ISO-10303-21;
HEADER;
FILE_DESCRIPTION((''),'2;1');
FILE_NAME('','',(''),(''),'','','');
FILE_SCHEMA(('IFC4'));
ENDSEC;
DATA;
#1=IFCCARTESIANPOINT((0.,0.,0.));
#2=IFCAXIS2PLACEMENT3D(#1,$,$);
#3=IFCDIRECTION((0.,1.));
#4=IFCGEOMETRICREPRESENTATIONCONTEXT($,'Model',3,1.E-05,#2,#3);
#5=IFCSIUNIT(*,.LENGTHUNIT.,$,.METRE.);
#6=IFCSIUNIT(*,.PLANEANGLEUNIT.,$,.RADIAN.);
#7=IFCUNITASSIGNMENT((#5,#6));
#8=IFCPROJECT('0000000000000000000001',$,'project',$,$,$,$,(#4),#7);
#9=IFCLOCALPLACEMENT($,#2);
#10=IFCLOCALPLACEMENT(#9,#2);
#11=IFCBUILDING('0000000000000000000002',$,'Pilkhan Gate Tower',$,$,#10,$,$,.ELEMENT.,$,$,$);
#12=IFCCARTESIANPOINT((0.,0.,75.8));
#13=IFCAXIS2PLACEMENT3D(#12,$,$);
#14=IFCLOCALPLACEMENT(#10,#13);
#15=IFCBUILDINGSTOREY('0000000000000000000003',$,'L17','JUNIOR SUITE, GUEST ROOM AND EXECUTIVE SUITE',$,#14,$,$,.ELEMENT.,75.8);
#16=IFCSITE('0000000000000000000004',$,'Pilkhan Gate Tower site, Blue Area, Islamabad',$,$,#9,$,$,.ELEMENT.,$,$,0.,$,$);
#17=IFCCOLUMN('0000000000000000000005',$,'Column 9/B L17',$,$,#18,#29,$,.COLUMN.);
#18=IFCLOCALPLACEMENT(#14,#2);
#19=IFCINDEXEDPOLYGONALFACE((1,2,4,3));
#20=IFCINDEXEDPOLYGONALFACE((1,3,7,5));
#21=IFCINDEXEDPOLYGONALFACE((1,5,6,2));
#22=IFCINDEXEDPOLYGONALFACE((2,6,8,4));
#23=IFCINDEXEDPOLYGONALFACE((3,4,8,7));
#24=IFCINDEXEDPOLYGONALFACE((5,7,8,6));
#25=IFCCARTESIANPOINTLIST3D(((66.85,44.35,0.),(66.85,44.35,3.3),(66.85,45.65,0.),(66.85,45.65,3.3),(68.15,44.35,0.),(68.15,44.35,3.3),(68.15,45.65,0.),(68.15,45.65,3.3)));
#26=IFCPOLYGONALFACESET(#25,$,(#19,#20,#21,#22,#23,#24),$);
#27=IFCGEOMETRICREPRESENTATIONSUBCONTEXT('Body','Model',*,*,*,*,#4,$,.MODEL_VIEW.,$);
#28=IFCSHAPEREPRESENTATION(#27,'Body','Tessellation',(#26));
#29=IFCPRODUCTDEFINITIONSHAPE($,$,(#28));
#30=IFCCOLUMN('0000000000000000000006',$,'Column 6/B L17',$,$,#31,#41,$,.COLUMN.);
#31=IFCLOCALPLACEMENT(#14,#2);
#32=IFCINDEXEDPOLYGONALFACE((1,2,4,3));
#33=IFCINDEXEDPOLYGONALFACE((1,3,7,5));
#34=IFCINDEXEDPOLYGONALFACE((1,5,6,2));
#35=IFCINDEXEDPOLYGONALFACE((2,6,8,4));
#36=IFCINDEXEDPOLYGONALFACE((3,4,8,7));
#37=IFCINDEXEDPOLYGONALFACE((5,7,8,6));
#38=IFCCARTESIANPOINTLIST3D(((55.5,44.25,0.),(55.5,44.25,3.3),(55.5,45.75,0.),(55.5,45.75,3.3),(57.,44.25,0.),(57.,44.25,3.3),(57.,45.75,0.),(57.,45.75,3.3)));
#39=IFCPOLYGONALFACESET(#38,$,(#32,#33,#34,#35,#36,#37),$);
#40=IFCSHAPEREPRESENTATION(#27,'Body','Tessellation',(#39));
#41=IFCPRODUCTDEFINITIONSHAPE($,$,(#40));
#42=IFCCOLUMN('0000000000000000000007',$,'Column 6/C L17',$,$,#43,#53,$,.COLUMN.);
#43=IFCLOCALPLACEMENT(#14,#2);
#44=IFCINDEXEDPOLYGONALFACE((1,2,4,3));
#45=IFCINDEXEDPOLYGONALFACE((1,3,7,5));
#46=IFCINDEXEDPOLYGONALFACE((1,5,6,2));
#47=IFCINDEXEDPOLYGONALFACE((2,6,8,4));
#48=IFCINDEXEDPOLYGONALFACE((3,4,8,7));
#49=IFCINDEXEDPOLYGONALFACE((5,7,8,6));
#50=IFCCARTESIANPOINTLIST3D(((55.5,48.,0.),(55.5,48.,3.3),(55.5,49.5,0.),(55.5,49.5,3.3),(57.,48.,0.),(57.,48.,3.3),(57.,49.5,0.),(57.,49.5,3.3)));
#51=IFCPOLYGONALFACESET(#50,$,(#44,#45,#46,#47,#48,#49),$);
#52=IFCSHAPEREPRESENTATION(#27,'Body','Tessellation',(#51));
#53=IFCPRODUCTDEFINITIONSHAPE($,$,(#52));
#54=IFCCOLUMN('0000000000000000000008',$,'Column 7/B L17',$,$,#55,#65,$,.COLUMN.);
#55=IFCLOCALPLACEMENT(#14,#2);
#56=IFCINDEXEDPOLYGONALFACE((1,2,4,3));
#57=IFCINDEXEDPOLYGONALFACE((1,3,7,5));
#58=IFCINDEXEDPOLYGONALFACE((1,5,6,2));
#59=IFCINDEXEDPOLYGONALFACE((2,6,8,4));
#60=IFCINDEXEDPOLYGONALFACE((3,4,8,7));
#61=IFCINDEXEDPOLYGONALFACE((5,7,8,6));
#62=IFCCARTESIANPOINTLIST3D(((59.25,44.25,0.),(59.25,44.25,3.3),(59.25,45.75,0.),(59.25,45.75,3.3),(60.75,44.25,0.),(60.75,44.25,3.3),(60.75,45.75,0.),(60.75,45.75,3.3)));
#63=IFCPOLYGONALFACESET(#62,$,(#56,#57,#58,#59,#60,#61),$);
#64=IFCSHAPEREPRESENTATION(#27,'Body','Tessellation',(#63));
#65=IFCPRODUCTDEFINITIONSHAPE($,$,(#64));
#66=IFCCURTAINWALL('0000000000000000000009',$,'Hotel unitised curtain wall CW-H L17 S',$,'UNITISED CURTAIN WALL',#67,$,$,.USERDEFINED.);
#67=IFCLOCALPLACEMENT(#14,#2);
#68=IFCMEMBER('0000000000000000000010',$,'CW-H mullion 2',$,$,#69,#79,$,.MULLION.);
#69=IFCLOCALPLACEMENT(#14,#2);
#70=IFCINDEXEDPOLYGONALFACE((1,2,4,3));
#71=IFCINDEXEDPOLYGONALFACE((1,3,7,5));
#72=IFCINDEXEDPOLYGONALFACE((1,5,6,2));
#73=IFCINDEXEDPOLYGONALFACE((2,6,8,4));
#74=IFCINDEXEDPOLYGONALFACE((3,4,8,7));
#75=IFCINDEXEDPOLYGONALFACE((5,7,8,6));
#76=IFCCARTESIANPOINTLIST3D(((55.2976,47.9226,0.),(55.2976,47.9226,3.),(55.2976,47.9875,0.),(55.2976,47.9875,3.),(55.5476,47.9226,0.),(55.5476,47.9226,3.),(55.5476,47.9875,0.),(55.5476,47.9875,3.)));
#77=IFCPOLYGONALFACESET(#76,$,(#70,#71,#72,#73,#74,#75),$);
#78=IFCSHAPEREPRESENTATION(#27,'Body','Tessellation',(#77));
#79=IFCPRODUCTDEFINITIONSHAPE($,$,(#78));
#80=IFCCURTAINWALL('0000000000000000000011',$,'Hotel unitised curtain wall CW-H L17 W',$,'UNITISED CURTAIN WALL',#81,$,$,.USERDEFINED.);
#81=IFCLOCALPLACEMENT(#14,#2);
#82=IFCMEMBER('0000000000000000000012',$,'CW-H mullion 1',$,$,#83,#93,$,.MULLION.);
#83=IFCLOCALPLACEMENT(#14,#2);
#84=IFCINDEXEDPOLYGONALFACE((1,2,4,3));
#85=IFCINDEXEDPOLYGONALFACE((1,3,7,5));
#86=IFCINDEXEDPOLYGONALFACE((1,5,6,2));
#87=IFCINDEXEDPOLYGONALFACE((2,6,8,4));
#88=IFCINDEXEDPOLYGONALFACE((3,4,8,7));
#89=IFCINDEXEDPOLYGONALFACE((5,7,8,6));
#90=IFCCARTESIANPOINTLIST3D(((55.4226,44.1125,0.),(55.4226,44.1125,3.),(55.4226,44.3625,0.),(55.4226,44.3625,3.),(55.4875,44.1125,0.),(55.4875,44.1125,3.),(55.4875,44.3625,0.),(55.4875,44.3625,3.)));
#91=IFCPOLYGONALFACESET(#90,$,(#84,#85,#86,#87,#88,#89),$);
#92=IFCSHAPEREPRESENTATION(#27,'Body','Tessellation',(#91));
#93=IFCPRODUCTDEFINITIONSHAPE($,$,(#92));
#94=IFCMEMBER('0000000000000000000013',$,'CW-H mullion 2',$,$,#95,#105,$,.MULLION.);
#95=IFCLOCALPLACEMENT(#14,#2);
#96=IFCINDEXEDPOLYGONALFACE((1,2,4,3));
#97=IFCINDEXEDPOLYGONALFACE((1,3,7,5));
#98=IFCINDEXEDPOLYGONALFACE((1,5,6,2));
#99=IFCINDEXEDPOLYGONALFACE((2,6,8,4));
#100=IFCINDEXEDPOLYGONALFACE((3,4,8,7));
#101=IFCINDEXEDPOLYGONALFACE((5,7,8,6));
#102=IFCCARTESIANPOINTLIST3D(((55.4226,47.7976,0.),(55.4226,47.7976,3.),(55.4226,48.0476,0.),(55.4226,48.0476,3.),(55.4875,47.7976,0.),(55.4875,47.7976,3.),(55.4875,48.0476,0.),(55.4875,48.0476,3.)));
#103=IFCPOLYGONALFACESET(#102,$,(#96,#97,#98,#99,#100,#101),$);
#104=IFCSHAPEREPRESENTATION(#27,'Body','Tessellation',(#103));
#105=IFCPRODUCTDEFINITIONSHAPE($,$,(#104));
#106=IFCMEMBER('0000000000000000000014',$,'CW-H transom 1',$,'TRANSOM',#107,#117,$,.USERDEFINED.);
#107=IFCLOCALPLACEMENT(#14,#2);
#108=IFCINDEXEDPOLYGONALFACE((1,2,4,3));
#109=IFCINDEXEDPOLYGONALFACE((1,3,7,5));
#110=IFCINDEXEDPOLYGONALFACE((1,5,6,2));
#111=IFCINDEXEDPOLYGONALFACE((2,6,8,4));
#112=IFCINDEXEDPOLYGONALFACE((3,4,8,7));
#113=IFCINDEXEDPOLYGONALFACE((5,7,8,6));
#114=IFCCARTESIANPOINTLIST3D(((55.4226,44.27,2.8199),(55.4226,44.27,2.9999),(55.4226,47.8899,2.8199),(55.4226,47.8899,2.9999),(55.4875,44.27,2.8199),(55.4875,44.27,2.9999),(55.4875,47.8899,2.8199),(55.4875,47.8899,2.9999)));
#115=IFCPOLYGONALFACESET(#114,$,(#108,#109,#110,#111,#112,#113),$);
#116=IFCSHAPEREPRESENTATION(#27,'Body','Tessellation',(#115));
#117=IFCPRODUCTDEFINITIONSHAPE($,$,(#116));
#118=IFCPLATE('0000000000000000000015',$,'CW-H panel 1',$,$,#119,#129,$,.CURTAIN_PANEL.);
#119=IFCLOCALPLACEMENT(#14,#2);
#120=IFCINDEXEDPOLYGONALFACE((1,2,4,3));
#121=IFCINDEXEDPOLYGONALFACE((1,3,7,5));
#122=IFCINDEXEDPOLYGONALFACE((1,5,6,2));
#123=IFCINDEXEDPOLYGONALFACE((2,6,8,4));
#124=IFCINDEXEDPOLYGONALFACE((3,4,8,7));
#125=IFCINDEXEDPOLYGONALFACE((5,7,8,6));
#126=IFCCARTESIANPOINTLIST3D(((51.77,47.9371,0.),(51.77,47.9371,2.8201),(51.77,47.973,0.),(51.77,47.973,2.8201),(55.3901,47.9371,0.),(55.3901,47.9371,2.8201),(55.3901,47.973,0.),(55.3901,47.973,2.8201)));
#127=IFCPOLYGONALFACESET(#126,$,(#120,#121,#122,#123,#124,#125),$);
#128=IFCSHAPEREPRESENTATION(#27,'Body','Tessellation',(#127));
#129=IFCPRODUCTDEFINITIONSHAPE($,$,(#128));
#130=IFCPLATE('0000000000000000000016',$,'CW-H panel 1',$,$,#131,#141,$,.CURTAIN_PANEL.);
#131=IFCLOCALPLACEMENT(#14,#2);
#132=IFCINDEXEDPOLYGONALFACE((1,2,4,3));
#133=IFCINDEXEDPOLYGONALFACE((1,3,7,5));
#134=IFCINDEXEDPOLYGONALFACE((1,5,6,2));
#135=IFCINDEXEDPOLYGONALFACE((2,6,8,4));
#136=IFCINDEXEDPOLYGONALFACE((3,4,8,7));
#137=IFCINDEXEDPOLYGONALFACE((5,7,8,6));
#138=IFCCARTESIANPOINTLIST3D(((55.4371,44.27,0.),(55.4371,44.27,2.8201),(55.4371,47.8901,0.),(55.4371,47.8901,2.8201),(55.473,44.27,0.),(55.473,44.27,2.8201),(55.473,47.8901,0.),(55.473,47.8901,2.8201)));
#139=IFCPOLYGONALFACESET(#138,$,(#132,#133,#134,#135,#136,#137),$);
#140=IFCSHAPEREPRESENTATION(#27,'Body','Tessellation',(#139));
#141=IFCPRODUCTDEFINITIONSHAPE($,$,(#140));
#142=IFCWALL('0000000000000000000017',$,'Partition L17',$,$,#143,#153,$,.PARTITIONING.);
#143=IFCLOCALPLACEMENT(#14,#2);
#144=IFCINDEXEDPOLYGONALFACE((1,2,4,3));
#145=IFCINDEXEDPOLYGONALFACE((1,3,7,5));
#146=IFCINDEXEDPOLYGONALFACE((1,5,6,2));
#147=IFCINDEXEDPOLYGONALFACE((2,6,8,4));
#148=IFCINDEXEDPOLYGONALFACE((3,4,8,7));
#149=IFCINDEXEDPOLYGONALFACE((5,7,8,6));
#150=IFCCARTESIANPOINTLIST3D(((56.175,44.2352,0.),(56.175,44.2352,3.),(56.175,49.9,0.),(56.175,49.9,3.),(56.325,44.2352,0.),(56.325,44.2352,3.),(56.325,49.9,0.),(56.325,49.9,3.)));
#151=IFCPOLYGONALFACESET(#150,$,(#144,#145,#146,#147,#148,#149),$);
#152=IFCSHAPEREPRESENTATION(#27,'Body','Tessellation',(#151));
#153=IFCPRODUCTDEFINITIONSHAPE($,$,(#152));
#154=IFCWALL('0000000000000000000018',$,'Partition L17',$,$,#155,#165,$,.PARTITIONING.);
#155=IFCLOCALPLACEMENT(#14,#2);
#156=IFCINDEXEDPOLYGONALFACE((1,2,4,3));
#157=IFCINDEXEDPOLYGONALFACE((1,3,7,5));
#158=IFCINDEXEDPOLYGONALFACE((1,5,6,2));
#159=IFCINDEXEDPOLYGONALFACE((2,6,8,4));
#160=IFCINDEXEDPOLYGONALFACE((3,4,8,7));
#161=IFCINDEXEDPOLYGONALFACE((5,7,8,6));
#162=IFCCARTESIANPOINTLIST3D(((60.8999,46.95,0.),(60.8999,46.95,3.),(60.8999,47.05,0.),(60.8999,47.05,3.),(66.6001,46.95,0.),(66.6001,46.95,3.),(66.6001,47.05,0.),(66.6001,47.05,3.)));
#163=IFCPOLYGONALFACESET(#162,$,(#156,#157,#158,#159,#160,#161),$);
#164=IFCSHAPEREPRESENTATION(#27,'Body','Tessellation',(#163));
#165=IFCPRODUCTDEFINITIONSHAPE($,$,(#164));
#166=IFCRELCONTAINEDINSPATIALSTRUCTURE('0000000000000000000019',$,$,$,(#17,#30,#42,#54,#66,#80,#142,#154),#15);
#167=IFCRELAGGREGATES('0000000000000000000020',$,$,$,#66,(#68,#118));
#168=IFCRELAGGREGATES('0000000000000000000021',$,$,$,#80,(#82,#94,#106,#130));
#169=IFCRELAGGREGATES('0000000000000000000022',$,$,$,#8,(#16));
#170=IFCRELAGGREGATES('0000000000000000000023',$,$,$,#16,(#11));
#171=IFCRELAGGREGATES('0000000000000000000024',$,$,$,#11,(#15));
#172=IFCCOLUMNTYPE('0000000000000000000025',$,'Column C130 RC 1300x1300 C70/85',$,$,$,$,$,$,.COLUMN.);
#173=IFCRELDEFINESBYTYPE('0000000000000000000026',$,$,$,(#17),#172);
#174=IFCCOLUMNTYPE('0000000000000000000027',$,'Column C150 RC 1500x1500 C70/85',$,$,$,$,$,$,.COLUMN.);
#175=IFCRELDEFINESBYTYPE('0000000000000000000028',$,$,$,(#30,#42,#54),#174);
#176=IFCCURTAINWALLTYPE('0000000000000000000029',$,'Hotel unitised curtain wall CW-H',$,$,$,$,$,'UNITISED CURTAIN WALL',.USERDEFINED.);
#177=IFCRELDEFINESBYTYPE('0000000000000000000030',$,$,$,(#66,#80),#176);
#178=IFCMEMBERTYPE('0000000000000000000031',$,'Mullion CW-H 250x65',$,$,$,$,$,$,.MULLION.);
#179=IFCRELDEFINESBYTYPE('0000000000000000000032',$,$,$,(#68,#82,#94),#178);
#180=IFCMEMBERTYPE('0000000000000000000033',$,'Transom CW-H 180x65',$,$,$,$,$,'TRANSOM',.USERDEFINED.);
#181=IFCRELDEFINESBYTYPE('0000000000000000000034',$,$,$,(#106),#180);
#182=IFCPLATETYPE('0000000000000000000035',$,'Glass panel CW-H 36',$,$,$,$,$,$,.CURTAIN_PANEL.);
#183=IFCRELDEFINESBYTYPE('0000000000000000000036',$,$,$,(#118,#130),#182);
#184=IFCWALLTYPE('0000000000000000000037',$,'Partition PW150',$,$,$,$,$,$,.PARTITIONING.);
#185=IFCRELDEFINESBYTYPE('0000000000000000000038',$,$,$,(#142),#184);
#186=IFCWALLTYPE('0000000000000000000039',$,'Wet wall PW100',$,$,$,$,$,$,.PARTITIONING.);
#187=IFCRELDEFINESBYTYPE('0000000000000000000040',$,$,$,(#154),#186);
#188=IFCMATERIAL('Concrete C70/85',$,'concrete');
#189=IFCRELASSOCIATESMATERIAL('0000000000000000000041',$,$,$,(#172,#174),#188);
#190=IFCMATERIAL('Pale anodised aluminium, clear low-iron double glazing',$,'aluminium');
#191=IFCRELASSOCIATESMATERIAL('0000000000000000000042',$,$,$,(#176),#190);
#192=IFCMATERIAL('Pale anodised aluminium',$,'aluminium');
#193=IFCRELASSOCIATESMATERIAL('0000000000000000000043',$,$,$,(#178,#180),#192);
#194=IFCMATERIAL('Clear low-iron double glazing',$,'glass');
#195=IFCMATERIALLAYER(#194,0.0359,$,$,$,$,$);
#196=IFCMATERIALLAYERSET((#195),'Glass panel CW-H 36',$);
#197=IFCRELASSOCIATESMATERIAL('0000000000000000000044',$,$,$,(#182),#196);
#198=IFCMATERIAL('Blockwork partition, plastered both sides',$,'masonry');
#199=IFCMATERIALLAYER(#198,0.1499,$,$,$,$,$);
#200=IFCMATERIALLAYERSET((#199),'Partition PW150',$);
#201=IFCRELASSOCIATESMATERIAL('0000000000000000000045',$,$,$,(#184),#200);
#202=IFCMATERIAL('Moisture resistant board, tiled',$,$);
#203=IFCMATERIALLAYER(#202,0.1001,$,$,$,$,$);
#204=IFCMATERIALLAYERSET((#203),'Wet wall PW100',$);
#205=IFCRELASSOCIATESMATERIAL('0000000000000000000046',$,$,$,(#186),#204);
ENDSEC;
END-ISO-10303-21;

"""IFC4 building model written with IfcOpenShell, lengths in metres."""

from ifc_helpers import new_model, si_unit, direction, frame, frame_2d, origin, origin_2d, place, context, subcontext, project, spatial, rectangle, extrude, material, layer, layer_set, material_profile, profile_set, type_object, element, aggregate, save


model = new_model("IFC4")

# Units and contexts
model_context = context("Model", 3, precision=1e-05, world=origin(), true_north=direction((0.0, 1.0)))
body_context = subcontext(model_context, "Body", "Model", "MODEL_VIEW")
ifc_project = project(units=[si_unit("LENGTHUNIT", "METRE"), si_unit("PLANEANGLEUNIT", "RADIAN")], contexts=[model_context])

# Site, building, storey
site_placement = place(None, origin())
site = spatial("IfcSite", under=ifc_project, at=site_placement, Name="Pilkhan Gate Tower site, Blue Area, Islamabad", CompositionType="ELEMENT", RefElevation=0.0)
building_placement = place(site_placement, origin())
building = spatial("IfcBuilding", under=site, at=building_placement, Name="Pilkhan Gate Tower", CompositionType="ELEMENT")
storey_placement = place(building_placement, frame((0.0, 0.0, 75.8)))
storey = spatial("IfcBuildingStorey", under=building, at=storey_placement, Name="L17", Description="JUNIOR SUITE, GUEST ROOM AND EXECUTIVE SUITE", CompositionType="ELEMENT", Elevation=75.8)

# Columns
ifc_material_1 = material(Name="Concrete C70/85", Category="concrete")
ifc_material_profile_1 = material_profile(ifc_material_1, rectangle(XDim=1.3, YDim=1.3, at=origin_2d()), Name="RC 1300x1300")
ifc_profile_set_1 = profile_set([ifc_material_profile_1], Name="Concrete C70/85")
column_type_1 = type_object("IfcColumnType", Name="Column C130 RC 1300x1300 C70/85", PredefinedType="COLUMN", material=ifc_profile_set_1)
column_placement = place(storey_placement, frame((67.5, 45.0, 0.0), z_axis=(0.0, 0.0, 1.0), x_axis=(1.0, 0.0, 0.0)))
element("IfcColumn", 1, at=column_placement, inside=storey, type_object=column_type_1, Name="Column 9/B L17", PredefinedType="COLUMN", context=body_context, shape_type="SweptSolid", body=[
    extrude(rectangle(XDim=1.3, YDim=1.3, at=origin_2d()), origin(), (0.0, 0.0, 1.0), 3.3),
])
ifc_material_profile_2 = material_profile(ifc_material_1, rectangle(XDim=1.5, YDim=1.5, at=origin_2d()), Name="RC 1500x1500")
ifc_profile_set_2 = profile_set([ifc_material_profile_2], Name="Concrete C70/85")
column_type_2 = type_object("IfcColumnType", Name="Column C150 RC 1500x1500 C70/85", PredefinedType="COLUMN", material=ifc_profile_set_2)
for number, where, z_axis, x_axis, name in (
    (2, (56.25, 45.0, 0.0), (0.0, 0.0, 1.0), (1.0, 0.0, 0.0), "Column 6/B L17"),
    (3, (56.25, 48.75, 0.0), (0.0, 0.0, 1.0), (1.0, 0.0, 0.0), "Column 6/C L17"),
    (4, (60.0, 45.0, 0.0), (0.0, 0.0, 1.0), (1.0, 0.0, 0.0), "Column 7/B L17"),
):
    element("IfcColumn", number, at=place(storey_placement, frame(where, z_axis=z_axis, x_axis=x_axis)), inside=storey, type_object=column_type_2, Name=name, PredefinedType="COLUMN", context=body_context, shape_type="SweptSolid", body=[
        extrude(rectangle(XDim=1.5, YDim=1.5, at=origin_2d()), origin(), (0.0, 0.0, 1.0), 3.3),
    ])

# Curtain wall, member
ifc_material_2 = material(Name="Pale anodised aluminium, clear low-iron double glazing", Category="aluminium")
curtain_wall_type = type_object("IfcCurtainWallType", Name="Hotel unitised curtain wall CW-H", ElementType="UNITISED CURTAIN WALL", PredefinedType="USERDEFINED", material=ifc_material_2)
curtain_wall_1_placement = place(storey_placement, origin())
curtain_wall_1 = element("IfcCurtainWall", 5, at=curtain_wall_1_placement, inside=storey, type_object=curtain_wall_type, Name="Hotel unitised curtain wall CW-H L17 S", ObjectType="UNITISED CURTAIN WALL", PredefinedType="USERDEFINED")
ifc_material_3 = material(Name="Pale anodised aluminium", Category="aluminium")
ifc_material_profile_3 = material_profile(ifc_material_3, rectangle(XDim=0.0649, YDim=0.25, at=origin_2d()), Name="Mullion 250x65")
ifc_profile_set_3 = profile_set([ifc_material_profile_3], Name="Pale anodised aluminium")
member_type_1 = type_object("IfcMemberType", Name="Mullion CW-H 250x65", PredefinedType="MULLION", material=ifc_profile_set_3)
member_1_placement = place(storey_placement, frame((55.4226, 47.9551, 0.0), z_axis=(0.0, 0.0, 1.0), x_axis=(0.0, 1.0, 0.0)))
member_1 = element("IfcMember", 6, at=member_1_placement, type_object=member_type_1, Name="CW-H mullion 2", PredefinedType="MULLION", context=body_context, shape_type="SweptSolid", body=[
    extrude(rectangle(XDim=0.0649, YDim=0.25, at=origin_2d()), origin(), (0.0, 0.0, 1.0), 3.0),
])

# Curtain wall, members
curtain_wall_2_placement = place(storey_placement, origin())
curtain_wall_2 = element("IfcCurtainWall", 7, at=curtain_wall_2_placement, inside=storey, type_object=curtain_wall_type, Name="Hotel unitised curtain wall CW-H L17 W", ObjectType="UNITISED CURTAIN WALL", PredefinedType="USERDEFINED")
member_2_placement = place(storey_placement, frame((55.4551, 44.2375, 0.0), z_axis=(0.0, 0.0, 1.0), x_axis=(-1.0, 0.0, 0.0)))
member_2 = element("IfcMember", 8, at=member_2_placement, type_object=member_type_1, Name="CW-H mullion 1", PredefinedType="MULLION", context=body_context, shape_type="SweptSolid", body=[
    extrude(rectangle(XDim=0.0649, YDim=0.25, at=origin_2d()), origin(), (0.0, 0.0, 1.0), 3.0),
])
member_3_placement = place(storey_placement, frame((55.4551, 47.9226, 0.0), z_axis=(0.0, 0.0, 1.0), x_axis=(-1.0, 0.0, 0.0)))
member_3 = element("IfcMember", 9, at=member_3_placement, type_object=member_type_1, Name="CW-H mullion 2", PredefinedType="MULLION", context=body_context, shape_type="SweptSolid", body=[
    extrude(rectangle(XDim=0.0649, YDim=0.25, at=origin_2d()), origin(), (0.0, 0.0, 1.0), 3.0),
])
ifc_material_profile_4 = material_profile(ifc_material_3, rectangle(XDim=0.0649, YDim=0.1799, at=origin_2d()), Name="Transom 180x65")
ifc_profile_set_4 = profile_set([ifc_material_profile_4], Name="Pale anodised aluminium")
member_type_2 = type_object("IfcMemberType", Name="Transom CW-H 180x65", ElementType="TRANSOM", PredefinedType="USERDEFINED", material=ifc_profile_set_4)
member_4_placement = place(storey_placement, frame((55.4551, 44.27, 2.9099), z_axis=(0.0, 1.0, 0.0), x_axis=(-1.0, 0.0, 0.0)))
member_4 = element("IfcMember", 10, at=member_4_placement, type_object=member_type_2, Name="CW-H transom 1", ObjectType="TRANSOM", PredefinedType="USERDEFINED", context=body_context, shape_type="SweptSolid", body=[
    extrude(rectangle(XDim=0.0649, YDim=0.1799, at=origin_2d()), origin(), (0.0, 0.0, 1.0), 3.6199),
])

# Plates
ifc_material_4 = material(Name="Clear low-iron double glazing", Category="glass")
ifc_layer_1 = layer(ifc_material_4, 0.0359)
ifc_layer_set_1 = layer_set([ifc_layer_1], Name="Glass panel CW-H 36")
plate_type = type_object("IfcPlateType", Name="Glass panel CW-H 36", PredefinedType="CURTAIN_PANEL", material=ifc_layer_set_1)
plate_1_placement = place(storey_placement, frame((53.5801, 47.9551, 0.0), z_axis=(0.0, 0.0, 1.0), x_axis=(1.0, 0.0, 0.0)))
plate_1 = element("IfcPlate", 11, at=plate_1_placement, type_object=plate_type, Name="CW-H panel 1", PredefinedType="CURTAIN_PANEL", context=body_context, shape_type="SweptSolid", body=[
    extrude(rectangle(XDim=3.6201, YDim=0.0359, at=origin_2d()), origin(), (0.0, 0.0, 1.0), 2.8201),
])
aggregate(curtain_wall_1, [member_1, plate_1])
plate_2_placement = place(storey_placement, frame((55.4551, 46.0801, 0.0), z_axis=(0.0, 0.0, 1.0), x_axis=(0.0, 1.0, 0.0)))
plate_2 = element("IfcPlate", 12, at=plate_2_placement, type_object=plate_type, Name="CW-H panel 1", PredefinedType="CURTAIN_PANEL", context=body_context, shape_type="SweptSolid", body=[
    extrude(rectangle(XDim=3.6201, YDim=0.0359, at=origin_2d()), origin(), (0.0, 0.0, 1.0), 2.8201),
])
aggregate(curtain_wall_2, [member_2, member_3, member_4, plate_2])

# Walls
ifc_material_5 = material(Name="Blockwork partition, plastered both sides", Category="masonry")
ifc_layer_2 = layer(ifc_material_5, 0.1499)
ifc_layer_set_2 = layer_set([ifc_layer_2], Name="Partition PW150")
wall_type_1 = type_object("IfcWallType", Name="Partition PW150", PredefinedType="PARTITIONING", material=ifc_layer_set_2)
wall_1_placement = place(storey_placement, frame((56.25, 44.2351, 0.0), z_axis=(0.0, 0.0, 1.0), x_axis=(0.0, 1.0, 0.0)))
element("IfcWall", 13, at=wall_1_placement, inside=storey, type_object=wall_type_1, Name="Partition L17", PredefinedType="PARTITIONING", context=body_context, shape_type="SweptSolid", body=[
    extrude(rectangle(XDim=5.6648, YDim=0.1499, at=frame_2d((2.8325, 0.0))), origin(), (0.0, 0.0, 1.0), 3.0),
])
ifc_material_6 = material(Name="Moisture resistant board, tiled")
ifc_layer_3 = layer(ifc_material_6, 0.1001)
ifc_layer_set_3 = layer_set([ifc_layer_3], Name="Wet wall PW100")
wall_type_2 = type_object("IfcWallType", Name="Wet wall PW100", PredefinedType="PARTITIONING", material=ifc_layer_set_3)
wall_2_placement = place(storey_placement, frame((60.8999, 47.0, 0.0), z_axis=(0.0, 0.0, 1.0), x_axis=(1.0, 0.0, 0.0)))
element("IfcWall", 14, at=wall_2_placement, inside=storey, type_object=wall_type_2, Name="Partition L17", PredefinedType="PARTITIONING", context=body_context, shape_type="SweptSolid", body=[
    extrude(rectangle(XDim=5.7002, YDim=0.1001, at=frame_2d((2.8501, 0.0))), origin(), (0.0, 0.0, 1.0), 3.0),
])

save(model, "model.ifc")
